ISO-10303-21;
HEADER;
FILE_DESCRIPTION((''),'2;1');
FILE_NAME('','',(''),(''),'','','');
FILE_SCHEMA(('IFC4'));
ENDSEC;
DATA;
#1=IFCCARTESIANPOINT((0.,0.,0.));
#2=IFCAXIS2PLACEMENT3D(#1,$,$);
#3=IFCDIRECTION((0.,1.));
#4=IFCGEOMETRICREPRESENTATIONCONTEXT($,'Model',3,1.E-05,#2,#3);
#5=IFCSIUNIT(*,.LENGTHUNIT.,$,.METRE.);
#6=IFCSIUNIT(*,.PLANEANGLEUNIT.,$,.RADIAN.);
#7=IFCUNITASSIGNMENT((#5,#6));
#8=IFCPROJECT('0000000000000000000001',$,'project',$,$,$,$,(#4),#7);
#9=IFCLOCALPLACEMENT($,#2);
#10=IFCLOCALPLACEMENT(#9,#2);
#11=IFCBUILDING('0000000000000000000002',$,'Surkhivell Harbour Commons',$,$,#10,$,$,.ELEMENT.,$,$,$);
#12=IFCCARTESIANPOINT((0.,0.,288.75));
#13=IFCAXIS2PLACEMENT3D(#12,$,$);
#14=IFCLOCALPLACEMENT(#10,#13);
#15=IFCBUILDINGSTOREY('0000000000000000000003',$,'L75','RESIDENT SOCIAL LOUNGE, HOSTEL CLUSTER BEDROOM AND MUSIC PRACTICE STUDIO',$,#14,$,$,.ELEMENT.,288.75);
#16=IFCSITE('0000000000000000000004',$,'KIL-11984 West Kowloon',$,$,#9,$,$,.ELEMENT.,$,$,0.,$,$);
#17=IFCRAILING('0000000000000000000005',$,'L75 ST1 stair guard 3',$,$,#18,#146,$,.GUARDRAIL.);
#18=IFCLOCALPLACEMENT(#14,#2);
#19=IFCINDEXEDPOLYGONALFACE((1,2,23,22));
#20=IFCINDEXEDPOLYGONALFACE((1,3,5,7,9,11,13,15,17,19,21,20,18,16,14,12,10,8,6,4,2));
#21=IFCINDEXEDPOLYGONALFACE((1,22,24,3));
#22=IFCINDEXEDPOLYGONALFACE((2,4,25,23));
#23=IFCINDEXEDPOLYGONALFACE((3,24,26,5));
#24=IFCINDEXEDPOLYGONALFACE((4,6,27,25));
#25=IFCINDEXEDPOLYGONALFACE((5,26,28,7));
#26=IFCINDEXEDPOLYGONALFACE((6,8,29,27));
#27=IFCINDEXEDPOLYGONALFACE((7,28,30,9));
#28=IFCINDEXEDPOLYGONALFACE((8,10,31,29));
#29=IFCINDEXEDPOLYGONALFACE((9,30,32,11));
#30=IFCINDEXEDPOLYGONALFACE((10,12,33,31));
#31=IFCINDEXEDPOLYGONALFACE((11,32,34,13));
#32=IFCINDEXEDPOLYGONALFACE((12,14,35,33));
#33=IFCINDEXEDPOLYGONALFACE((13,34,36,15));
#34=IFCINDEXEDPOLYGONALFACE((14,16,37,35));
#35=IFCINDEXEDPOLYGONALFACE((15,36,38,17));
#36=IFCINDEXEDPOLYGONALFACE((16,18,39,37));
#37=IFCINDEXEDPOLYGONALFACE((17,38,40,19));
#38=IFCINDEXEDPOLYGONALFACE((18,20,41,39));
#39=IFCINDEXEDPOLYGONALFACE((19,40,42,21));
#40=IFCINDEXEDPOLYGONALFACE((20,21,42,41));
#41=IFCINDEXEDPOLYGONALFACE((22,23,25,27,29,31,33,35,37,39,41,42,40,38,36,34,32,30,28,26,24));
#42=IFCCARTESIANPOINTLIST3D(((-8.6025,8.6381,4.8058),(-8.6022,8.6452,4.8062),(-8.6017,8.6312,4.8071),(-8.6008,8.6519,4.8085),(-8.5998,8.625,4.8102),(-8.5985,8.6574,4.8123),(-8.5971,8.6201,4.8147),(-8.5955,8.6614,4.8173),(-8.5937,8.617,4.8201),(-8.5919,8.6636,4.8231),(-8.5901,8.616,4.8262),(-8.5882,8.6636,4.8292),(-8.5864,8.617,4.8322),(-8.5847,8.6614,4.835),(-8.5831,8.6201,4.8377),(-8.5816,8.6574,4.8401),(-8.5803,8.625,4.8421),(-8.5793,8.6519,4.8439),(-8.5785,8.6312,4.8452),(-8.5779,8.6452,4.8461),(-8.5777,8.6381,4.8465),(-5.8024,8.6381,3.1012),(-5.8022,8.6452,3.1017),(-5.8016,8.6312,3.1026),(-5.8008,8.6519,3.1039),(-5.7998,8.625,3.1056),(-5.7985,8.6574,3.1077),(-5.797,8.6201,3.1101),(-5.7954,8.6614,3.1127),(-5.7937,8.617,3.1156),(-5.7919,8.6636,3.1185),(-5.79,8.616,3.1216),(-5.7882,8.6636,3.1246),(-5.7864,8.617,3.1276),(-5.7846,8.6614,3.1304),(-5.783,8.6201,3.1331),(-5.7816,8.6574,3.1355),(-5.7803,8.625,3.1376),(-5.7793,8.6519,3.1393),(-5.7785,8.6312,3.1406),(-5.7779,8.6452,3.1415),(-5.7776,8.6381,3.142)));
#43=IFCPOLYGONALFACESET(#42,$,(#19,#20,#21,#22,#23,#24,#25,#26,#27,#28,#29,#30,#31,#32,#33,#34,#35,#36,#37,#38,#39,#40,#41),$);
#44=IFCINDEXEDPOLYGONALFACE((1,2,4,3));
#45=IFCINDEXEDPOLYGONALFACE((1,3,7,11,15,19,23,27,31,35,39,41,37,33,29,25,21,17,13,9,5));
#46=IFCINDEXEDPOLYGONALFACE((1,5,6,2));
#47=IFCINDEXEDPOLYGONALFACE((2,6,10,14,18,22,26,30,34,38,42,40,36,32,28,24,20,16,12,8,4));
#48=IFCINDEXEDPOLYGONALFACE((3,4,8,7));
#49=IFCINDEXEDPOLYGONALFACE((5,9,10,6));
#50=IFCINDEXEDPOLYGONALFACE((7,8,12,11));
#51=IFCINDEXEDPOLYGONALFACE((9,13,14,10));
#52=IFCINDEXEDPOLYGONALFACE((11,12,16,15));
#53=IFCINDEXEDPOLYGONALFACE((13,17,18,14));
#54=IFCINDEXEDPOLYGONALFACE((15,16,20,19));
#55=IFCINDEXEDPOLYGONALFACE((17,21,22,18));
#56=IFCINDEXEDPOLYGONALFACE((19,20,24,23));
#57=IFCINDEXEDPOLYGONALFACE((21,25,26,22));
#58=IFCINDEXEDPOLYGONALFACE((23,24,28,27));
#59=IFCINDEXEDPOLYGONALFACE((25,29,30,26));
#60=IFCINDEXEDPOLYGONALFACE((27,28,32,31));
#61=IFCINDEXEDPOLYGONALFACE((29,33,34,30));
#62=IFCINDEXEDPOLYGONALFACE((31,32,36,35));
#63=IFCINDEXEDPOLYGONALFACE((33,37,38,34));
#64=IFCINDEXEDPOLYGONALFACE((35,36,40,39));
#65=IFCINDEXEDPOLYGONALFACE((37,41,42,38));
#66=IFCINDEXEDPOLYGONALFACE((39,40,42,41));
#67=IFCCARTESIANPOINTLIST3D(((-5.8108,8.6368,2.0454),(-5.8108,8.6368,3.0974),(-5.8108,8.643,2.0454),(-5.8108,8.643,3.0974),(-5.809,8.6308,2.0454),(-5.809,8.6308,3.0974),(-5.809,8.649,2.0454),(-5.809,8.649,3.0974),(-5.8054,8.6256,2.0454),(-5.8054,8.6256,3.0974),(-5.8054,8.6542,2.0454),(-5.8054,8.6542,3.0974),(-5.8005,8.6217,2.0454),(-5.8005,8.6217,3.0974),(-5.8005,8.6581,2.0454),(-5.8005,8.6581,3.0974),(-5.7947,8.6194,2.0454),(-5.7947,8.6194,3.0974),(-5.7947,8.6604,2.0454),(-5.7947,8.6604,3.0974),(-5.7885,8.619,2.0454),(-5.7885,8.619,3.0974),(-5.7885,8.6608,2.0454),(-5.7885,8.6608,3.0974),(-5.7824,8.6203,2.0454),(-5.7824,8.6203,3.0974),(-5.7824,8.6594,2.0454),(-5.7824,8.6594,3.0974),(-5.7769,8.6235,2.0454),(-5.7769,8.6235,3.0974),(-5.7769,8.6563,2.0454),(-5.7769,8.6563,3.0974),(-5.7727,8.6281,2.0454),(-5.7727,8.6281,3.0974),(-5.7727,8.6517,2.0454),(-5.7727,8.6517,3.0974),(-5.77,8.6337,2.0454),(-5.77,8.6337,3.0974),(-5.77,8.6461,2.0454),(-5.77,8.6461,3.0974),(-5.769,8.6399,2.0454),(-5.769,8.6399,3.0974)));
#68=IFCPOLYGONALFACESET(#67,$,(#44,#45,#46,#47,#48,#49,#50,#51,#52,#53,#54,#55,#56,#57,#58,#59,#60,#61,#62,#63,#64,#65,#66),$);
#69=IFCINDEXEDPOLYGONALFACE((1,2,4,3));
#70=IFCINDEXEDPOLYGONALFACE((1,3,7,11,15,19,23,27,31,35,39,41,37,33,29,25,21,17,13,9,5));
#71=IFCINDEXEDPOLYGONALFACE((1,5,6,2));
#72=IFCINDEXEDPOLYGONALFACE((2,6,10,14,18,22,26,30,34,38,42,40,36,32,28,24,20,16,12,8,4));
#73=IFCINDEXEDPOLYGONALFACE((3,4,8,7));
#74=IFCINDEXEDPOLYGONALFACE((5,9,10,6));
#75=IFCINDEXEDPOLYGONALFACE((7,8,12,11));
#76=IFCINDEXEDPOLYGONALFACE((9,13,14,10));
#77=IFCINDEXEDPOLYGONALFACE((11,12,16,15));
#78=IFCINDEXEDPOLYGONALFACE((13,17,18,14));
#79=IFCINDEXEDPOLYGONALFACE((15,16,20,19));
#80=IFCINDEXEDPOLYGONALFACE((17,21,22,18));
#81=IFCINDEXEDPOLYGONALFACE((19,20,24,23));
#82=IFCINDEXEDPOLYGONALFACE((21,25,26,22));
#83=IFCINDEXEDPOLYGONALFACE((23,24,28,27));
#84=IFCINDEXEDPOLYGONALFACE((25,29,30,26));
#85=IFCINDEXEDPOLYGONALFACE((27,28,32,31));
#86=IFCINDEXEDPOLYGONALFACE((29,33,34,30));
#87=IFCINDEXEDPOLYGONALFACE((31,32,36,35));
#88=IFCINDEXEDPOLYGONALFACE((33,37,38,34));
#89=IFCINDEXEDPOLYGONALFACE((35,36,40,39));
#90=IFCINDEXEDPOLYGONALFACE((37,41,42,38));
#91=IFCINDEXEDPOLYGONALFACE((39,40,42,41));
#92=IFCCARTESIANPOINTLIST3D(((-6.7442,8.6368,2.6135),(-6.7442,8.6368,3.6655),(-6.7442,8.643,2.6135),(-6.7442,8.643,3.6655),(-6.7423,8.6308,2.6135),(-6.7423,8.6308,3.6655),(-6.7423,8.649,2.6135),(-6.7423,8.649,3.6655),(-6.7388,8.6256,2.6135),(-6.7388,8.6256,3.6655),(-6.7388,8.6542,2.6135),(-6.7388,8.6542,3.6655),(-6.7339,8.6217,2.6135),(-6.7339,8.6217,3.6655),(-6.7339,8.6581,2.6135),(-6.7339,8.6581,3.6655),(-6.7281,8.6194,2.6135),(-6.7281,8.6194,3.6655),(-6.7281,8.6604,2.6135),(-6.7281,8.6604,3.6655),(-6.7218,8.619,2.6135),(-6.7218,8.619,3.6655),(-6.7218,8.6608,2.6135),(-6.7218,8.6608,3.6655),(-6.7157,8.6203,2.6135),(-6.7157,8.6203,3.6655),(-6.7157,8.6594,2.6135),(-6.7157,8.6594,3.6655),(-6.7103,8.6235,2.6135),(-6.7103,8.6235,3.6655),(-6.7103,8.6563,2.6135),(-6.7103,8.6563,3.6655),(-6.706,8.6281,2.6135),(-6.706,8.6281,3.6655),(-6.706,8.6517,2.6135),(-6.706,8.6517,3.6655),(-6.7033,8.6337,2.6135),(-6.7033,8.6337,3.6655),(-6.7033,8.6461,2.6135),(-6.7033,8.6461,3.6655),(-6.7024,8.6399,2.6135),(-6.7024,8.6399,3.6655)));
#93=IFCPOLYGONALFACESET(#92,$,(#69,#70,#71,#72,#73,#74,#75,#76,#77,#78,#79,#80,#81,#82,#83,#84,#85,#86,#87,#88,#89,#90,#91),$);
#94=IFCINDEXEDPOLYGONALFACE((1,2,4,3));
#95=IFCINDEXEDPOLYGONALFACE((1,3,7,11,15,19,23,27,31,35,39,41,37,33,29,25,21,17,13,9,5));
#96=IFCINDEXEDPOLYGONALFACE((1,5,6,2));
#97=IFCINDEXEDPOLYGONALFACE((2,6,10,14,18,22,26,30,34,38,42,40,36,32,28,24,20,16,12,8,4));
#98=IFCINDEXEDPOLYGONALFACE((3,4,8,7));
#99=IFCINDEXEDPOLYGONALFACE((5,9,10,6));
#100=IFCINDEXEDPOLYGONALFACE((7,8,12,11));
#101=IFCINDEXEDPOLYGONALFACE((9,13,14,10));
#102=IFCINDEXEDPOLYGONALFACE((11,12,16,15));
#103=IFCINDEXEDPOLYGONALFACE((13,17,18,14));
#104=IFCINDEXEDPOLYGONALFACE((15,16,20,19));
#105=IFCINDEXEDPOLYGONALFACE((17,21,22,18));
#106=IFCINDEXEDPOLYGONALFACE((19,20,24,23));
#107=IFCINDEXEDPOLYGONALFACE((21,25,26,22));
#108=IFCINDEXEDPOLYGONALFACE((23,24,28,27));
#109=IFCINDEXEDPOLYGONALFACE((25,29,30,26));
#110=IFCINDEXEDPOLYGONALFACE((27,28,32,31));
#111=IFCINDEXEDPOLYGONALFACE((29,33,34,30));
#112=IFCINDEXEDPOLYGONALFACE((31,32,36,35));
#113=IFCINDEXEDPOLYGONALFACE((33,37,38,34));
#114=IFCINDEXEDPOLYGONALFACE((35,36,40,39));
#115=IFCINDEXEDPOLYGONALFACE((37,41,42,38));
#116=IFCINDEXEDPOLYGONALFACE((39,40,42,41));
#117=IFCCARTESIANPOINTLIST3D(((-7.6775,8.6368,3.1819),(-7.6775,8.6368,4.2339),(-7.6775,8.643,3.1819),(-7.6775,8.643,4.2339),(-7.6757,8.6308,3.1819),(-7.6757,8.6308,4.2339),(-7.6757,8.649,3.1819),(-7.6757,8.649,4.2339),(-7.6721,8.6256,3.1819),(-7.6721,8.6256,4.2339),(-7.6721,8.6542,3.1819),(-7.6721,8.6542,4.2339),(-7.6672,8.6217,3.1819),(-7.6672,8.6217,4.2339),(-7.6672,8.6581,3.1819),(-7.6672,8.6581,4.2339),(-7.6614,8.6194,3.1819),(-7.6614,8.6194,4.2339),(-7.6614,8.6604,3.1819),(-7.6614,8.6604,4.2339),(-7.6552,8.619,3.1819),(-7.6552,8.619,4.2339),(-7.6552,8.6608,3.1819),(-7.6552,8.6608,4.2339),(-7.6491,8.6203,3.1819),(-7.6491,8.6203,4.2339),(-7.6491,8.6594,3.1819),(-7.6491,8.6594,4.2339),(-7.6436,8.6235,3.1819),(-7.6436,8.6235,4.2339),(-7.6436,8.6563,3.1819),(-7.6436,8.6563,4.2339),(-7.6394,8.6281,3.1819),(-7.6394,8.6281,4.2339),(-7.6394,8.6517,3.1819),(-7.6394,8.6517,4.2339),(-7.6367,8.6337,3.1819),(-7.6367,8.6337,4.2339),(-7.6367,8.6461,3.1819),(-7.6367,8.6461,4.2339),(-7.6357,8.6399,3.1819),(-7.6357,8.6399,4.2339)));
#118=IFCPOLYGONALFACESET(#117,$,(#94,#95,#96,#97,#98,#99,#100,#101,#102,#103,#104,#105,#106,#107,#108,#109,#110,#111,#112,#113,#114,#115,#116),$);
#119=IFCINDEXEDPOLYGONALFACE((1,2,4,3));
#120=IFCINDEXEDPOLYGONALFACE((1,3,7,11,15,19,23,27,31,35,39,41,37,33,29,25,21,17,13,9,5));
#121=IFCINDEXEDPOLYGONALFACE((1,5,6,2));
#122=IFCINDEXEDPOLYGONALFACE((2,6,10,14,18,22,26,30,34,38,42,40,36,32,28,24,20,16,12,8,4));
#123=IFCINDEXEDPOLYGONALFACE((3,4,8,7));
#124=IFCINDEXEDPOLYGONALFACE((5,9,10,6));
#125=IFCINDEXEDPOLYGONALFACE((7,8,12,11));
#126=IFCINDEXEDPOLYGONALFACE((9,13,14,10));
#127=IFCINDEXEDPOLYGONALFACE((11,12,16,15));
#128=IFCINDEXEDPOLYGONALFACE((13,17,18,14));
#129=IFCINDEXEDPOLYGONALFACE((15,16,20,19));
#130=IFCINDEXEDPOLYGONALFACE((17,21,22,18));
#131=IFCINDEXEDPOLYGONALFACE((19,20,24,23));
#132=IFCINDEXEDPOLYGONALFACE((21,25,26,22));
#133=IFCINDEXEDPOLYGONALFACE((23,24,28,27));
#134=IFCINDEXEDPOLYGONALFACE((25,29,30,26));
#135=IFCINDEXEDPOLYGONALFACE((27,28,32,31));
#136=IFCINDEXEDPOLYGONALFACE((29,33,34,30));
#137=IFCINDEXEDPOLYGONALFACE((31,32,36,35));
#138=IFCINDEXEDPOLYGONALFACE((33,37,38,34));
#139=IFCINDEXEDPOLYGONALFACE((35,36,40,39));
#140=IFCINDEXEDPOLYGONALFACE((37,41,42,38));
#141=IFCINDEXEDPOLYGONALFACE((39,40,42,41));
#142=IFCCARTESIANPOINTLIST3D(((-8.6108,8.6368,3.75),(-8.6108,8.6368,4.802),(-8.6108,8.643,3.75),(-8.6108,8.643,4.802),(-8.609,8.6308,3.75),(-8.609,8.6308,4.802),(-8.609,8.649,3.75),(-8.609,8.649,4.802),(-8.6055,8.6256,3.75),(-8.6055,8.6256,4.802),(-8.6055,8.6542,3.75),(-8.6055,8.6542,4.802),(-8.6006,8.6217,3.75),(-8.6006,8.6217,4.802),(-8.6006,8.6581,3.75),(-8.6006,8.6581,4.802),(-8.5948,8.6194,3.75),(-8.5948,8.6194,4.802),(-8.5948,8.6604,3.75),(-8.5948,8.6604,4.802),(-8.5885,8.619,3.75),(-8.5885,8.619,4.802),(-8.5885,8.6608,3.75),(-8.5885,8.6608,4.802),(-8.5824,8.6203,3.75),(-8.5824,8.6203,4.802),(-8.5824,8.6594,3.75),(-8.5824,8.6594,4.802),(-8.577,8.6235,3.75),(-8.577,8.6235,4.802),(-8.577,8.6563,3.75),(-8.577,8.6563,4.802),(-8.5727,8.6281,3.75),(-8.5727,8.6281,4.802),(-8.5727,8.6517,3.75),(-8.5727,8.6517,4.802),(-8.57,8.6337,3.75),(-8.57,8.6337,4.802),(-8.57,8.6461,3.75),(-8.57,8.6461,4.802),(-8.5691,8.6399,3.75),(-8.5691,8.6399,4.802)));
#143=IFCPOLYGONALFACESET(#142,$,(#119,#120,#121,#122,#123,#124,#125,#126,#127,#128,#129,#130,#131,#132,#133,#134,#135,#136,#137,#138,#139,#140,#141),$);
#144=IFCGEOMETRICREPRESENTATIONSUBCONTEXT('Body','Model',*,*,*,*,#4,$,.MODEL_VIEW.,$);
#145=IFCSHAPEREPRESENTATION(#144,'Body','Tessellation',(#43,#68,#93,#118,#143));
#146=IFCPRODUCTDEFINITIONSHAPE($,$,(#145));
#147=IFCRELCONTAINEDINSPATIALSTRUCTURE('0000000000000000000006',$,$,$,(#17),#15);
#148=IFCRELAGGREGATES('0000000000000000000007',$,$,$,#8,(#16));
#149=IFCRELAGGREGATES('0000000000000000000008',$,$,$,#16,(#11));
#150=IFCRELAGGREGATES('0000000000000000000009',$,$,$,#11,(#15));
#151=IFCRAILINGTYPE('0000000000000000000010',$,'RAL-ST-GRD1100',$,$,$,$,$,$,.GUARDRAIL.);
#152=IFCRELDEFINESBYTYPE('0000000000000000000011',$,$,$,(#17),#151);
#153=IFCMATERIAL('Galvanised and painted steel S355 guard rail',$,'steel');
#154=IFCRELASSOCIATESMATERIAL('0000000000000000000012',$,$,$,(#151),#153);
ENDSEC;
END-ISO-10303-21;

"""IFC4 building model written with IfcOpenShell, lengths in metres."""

from ifc_helpers import new_model, si_unit, direction, frame, origin, origin_2d, place, context, subcontext, project, spatial, circle, extrude, material, type_object, element, save


model = new_model("IFC4")

# Units and contexts
model_context = context("Model", 3, precision=1e-05, world=origin(), true_north=direction((0.0, 1.0)))
body_context = subcontext(model_context, "Body", "Model", "MODEL_VIEW")
ifc_project = project(units=[si_unit("LENGTHUNIT", "METRE"), si_unit("PLANEANGLEUNIT", "RADIAN")], contexts=[model_context])

# Site, building, storey
site_placement = place(None, origin())
site = spatial("IfcSite", under=ifc_project, at=site_placement, Name="KIL-11984 West Kowloon", CompositionType="ELEMENT", RefElevation=0.0)
building_placement = place(site_placement, origin())
building = spatial("IfcBuilding", under=site, at=building_placement, Name="Surkhivell Harbour Commons", CompositionType="ELEMENT")
storey_placement = place(building_placement, frame((0.0, 0.0, 288.75)))
storey = spatial("IfcBuildingStorey", under=building, at=storey_placement, Name="L75", Description="RESIDENT SOCIAL LOUNGE, HOSTEL CLUSTER BEDROOM AND MUSIC PRACTICE STUDIO", CompositionType="ELEMENT", Elevation=288.75)

# Railing
ifc_material_1 = material(Name="Galvanised and painted steel S355 guard rail", Category="steel")
railing_type_1 = type_object("IfcRailingType", Name="RAL-ST-GRD1100", PredefinedType="GUARDRAIL", material=ifc_material_1)
railing_1_placement = place(storey_placement, frame((-5.79, 8.6399, 2.0454)))
element("IfcRailing", 1, at=railing_1_placement, inside=storey, type_object=railing_type_1, Name="L75 ST1 stair guard 3", PredefinedType="GUARDRAIL", context=body_context, shape_type="SweptSolid", body=[
    extrude(circle(Radius=0.0239, at=origin_2d()), frame((0.0, 0.0, 1.0762), z_axis=(-0.85417, 0.0, 0.519994), x_axis=(0.0, -1.0, 0.0)), (0.0, 0.0, 1.0), 3.2781),
    extrude(circle(Radius=0.021, at=origin_2d()), origin(), (0.0, 0.0, 1.0), 1.052),
    extrude(circle(Radius=0.021, at=origin_2d()), frame((-0.9333, 0.0, 0.5681)), (0.0, 0.0, 1.0), 1.052),
    extrude(circle(Radius=0.021, at=origin_2d()), frame((-1.8667, 0.0, 1.1365)), (0.0, 0.0, 1.0), 1.052),
    extrude(circle(Radius=0.021, at=origin_2d()), frame((-2.8, 0.0, 1.7046)), (0.0, 0.0, 1.0), 1.052),
])

save(model, "model.ifc")
